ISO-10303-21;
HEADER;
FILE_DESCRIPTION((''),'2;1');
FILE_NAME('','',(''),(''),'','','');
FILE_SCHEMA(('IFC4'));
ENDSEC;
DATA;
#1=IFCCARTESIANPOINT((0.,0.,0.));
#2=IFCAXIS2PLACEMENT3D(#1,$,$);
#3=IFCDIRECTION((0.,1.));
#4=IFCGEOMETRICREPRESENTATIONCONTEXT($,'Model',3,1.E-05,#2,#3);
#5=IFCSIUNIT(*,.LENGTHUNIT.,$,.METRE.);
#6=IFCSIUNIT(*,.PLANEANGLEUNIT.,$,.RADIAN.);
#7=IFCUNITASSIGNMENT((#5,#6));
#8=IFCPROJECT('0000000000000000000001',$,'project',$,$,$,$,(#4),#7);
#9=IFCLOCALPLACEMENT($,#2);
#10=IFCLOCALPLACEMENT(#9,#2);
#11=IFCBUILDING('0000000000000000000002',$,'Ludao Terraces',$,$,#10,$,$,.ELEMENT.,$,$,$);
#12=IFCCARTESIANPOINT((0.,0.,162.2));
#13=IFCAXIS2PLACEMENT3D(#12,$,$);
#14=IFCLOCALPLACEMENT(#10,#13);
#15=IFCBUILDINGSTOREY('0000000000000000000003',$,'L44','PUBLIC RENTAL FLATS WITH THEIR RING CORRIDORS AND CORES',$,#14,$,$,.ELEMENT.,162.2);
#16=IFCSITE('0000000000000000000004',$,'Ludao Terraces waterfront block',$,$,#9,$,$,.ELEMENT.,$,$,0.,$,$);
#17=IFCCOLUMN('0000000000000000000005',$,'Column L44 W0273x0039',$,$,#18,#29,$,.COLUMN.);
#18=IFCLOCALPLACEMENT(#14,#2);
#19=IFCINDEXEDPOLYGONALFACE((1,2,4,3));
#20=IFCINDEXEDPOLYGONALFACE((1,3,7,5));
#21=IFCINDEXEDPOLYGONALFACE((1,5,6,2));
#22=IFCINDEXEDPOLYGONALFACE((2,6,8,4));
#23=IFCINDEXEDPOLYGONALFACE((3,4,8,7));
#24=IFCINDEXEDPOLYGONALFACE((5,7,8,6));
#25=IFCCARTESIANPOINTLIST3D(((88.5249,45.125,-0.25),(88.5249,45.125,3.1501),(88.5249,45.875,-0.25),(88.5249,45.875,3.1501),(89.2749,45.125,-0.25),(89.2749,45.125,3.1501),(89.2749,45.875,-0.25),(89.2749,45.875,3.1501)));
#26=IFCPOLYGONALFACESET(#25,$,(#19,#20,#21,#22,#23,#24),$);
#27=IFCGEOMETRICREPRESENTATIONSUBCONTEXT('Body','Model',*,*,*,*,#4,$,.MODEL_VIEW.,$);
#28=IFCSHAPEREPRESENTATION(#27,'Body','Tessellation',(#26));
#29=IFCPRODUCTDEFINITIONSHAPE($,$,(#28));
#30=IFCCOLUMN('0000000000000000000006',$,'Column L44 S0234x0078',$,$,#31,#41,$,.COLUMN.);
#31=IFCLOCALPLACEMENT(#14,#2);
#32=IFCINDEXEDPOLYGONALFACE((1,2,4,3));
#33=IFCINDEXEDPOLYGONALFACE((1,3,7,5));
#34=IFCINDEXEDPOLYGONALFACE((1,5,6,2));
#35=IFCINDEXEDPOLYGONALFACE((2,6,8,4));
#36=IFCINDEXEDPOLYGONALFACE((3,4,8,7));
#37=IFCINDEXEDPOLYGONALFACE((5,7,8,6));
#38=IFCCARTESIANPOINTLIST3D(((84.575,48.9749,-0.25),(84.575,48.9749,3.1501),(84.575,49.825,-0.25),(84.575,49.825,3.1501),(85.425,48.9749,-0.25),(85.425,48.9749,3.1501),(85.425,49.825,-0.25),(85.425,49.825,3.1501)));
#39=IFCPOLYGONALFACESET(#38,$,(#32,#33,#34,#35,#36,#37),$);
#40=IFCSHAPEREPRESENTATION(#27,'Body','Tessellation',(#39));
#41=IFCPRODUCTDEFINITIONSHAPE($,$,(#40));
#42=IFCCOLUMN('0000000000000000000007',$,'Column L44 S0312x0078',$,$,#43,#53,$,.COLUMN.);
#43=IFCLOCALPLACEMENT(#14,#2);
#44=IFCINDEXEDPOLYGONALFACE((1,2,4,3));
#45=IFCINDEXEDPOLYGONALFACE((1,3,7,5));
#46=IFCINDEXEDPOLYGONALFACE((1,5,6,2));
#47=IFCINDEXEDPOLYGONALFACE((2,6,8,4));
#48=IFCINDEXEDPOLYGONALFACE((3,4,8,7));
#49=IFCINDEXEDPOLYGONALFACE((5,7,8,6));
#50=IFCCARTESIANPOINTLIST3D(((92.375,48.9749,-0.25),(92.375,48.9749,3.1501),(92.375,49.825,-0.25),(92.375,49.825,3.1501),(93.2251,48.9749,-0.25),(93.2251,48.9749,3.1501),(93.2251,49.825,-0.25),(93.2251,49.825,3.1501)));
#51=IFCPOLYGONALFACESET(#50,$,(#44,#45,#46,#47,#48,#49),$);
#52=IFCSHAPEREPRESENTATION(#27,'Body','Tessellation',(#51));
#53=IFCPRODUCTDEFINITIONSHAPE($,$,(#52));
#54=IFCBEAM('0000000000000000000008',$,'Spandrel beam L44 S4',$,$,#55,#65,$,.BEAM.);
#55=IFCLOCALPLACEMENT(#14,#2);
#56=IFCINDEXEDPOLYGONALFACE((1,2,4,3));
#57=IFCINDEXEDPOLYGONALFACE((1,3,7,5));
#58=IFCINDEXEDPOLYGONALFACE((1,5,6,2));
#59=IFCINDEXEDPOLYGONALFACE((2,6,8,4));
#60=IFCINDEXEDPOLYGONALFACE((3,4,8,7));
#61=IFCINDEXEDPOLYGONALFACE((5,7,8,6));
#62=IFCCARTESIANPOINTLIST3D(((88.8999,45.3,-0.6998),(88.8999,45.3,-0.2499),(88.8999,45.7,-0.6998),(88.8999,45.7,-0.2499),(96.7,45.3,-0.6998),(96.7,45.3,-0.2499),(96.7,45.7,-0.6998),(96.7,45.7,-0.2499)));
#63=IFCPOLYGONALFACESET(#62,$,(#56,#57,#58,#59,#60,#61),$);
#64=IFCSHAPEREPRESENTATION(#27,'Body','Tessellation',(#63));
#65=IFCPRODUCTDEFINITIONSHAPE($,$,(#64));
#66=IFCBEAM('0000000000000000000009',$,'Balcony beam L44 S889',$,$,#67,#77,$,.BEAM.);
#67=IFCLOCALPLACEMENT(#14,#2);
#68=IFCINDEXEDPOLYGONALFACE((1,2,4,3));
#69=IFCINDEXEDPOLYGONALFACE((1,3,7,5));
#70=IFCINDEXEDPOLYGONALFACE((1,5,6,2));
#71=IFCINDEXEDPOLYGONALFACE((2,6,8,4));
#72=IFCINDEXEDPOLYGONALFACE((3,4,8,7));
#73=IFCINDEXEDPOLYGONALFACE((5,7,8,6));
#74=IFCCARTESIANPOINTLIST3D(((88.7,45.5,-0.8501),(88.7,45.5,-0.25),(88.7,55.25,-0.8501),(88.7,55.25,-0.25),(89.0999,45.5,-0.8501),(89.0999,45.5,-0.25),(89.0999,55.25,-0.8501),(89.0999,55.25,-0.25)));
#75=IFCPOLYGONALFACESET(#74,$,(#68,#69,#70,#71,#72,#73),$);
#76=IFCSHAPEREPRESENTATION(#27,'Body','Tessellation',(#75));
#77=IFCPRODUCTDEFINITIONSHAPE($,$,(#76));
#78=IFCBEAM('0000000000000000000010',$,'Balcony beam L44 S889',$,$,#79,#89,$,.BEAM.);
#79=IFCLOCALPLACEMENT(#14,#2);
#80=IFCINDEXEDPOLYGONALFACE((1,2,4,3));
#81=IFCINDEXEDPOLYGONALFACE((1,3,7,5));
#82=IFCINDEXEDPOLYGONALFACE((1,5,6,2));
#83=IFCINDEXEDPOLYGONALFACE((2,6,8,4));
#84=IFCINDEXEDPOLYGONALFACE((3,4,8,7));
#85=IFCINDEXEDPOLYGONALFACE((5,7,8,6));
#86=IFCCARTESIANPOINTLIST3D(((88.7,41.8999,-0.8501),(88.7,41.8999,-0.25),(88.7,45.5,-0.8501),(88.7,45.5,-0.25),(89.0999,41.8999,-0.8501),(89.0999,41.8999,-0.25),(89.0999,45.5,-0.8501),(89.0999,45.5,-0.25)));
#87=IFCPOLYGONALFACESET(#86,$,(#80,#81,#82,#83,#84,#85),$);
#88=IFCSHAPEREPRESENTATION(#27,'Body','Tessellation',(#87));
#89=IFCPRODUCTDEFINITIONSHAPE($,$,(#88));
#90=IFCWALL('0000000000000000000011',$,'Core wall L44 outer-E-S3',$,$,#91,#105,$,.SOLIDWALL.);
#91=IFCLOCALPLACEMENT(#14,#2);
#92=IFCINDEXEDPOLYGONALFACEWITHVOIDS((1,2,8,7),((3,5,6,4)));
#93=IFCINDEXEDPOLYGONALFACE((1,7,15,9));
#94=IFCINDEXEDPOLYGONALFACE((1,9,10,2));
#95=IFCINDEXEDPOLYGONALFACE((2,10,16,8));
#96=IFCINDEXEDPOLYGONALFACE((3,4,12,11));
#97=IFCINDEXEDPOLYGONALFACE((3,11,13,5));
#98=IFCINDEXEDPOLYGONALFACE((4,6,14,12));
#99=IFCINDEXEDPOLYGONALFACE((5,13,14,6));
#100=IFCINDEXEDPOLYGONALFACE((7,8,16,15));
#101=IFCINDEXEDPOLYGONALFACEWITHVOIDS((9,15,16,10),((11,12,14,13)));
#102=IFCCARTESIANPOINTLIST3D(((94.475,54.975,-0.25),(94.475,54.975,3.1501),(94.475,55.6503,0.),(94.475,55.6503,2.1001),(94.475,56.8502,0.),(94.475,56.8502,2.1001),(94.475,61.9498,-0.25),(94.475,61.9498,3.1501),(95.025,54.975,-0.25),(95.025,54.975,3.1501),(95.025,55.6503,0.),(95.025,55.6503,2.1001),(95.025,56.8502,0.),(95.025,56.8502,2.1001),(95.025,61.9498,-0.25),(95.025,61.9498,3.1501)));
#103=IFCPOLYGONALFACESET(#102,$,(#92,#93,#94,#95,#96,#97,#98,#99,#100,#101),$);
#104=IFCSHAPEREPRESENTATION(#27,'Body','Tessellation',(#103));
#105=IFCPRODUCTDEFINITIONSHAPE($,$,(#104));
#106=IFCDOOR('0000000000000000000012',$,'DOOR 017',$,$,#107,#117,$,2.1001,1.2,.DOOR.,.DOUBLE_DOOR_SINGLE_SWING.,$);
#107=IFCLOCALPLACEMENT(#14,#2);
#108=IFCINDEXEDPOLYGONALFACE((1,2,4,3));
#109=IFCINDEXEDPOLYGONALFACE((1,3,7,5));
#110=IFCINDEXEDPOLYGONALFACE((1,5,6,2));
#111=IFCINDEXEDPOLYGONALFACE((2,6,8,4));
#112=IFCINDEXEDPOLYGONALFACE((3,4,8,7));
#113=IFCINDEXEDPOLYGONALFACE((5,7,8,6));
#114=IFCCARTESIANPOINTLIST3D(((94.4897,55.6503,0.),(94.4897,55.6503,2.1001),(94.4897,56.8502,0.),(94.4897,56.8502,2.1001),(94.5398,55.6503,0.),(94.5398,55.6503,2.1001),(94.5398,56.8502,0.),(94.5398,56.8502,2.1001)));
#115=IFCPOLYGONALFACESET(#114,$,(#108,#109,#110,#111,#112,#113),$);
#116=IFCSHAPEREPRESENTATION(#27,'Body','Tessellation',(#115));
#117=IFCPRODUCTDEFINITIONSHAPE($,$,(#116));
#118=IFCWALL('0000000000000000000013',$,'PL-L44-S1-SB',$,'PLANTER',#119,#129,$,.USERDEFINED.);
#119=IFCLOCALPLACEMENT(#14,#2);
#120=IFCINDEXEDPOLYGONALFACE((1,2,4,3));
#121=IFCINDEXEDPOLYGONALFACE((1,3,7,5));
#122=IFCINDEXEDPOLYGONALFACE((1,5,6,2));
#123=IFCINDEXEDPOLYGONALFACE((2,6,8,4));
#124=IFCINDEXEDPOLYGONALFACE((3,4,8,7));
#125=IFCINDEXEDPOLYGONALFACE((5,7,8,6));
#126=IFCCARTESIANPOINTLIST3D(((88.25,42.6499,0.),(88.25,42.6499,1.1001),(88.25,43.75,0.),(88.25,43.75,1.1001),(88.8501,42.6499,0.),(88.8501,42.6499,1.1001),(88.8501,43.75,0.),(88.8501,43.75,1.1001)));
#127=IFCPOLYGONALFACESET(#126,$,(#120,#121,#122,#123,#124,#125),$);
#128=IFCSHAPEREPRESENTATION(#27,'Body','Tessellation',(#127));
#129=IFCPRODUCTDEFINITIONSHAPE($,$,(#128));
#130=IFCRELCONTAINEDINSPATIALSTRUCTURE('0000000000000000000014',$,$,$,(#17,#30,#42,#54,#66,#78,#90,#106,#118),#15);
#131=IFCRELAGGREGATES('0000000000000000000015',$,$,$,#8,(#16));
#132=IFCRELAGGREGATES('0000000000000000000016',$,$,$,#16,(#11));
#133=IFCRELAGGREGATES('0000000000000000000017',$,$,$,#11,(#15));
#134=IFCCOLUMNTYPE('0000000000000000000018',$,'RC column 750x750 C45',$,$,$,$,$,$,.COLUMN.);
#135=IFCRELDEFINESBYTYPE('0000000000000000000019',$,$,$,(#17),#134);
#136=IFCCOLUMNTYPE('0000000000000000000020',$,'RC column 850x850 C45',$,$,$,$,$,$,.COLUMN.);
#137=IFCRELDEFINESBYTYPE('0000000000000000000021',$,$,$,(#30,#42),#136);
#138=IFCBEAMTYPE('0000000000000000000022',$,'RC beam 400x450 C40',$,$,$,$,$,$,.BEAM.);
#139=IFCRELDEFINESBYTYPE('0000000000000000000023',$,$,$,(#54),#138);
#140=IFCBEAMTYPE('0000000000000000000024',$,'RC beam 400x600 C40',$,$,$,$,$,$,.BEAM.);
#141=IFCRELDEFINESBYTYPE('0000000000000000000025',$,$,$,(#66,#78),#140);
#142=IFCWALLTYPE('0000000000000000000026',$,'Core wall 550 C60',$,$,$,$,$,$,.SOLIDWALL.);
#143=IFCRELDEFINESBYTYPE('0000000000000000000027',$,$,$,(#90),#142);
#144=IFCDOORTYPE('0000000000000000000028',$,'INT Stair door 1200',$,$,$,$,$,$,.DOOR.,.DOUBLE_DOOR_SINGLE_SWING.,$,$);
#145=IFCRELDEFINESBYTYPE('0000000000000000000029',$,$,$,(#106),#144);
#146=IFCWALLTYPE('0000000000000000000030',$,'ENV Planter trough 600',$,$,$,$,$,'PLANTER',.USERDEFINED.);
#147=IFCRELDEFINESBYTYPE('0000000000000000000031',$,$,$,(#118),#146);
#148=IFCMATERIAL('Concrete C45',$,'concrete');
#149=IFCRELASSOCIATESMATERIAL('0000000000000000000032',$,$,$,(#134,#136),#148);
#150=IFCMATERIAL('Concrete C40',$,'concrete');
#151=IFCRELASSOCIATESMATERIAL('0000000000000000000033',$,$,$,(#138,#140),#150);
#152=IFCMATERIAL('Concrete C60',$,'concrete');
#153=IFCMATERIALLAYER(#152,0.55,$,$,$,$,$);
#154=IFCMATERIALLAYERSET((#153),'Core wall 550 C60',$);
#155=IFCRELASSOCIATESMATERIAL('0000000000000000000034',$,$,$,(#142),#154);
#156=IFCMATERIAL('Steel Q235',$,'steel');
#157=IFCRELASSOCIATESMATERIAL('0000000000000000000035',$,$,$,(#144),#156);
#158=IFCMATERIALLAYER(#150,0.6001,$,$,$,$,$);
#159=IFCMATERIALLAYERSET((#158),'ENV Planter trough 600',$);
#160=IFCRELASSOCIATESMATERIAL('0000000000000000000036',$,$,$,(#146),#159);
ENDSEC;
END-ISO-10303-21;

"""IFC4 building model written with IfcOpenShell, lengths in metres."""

from ifc_helpers import new_model, si_unit, direction, frame, frame_2d, origin, origin_2d, place, context, subcontext, project, spatial, rectangle, extrude, material, layer, layer_set, material_profile, profile_set, type_object, element, fill, save


model = new_model("IFC4")

# Units and contexts
model_context = context("Model", 3, precision=1e-05, world=origin(), true_north=direction((0.0, 1.0)))
body_context = subcontext(model_context, "Body", "Model", "MODEL_VIEW")
ifc_project = project(units=[si_unit("LENGTHUNIT", "METRE"), si_unit("PLANEANGLEUNIT", "RADIAN")], contexts=[model_context])

# Site, building, storey
site_placement = place(None, origin())
site = spatial("IfcSite", under=ifc_project, at=site_placement, Name="Ludao Terraces waterfront block", CompositionType="ELEMENT", RefElevation=0.0)
building_placement = place(site_placement, origin())
building = spatial("IfcBuilding", under=site, at=building_placement, Name="Ludao Terraces", CompositionType="ELEMENT")
storey_placement = place(building_placement, frame((0.0, 0.0, 162.2)))
storey = spatial("IfcBuildingStorey", under=building, at=storey_placement, Name="L44", Description="PUBLIC RENTAL FLATS WITH THEIR RING CORRIDORS AND CORES", CompositionType="ELEMENT", Elevation=162.2)

# Columns
ifc_material_1 = material(Name="Concrete C45", Category="concrete")
ifc_material_profile_1 = material_profile(ifc_material_1, rectangle(XDim=0.75, YDim=0.75, at=origin_2d()), Name="750 X 750")
ifc_profile_set_1 = profile_set([ifc_material_profile_1], Name="Concrete C45")
column_type_1 = type_object("IfcColumnType", Name="RC column 750x750 C45", PredefinedType="COLUMN", material=ifc_profile_set_1)
column_placement = place(storey_placement, frame((88.8999, 45.5, -0.25), z_axis=(0.0, 0.0, 1.0), x_axis=(1.0, 0.0, 0.0)))
element("IfcColumn", 1, at=column_placement, inside=storey, type_object=column_type_1, Name="Column L44 W0273x0039", PredefinedType="COLUMN", context=body_context, shape_type="SweptSolid", body=[
    extrude(rectangle(XDim=0.75, YDim=0.75, at=origin_2d()), origin(), (0.0, 0.0, 1.0), 3.4001),
])
ifc_material_profile_2 = material_profile(ifc_material_1, rectangle(XDim=0.8501, YDim=0.8501, at=origin_2d()), Name="850 X 850")
ifc_profile_set_2 = profile_set([ifc_material_profile_2], Name="Concrete C45")
column_type_2 = type_object("IfcColumnType", Name="RC column 850x850 C45", PredefinedType="COLUMN", material=ifc_profile_set_2)
for number, where, z_axis, x_axis, name in (
    (2, (85.0, 49.3999, -0.25), (0.0, 0.0, 1.0), (1.0, 0.0, 0.0), "Column L44 S0234x0078"),
    (3, (92.8, 49.3999, -0.25), (0.0, 0.0, 1.0), (1.0, 0.0, 0.0), "Column L44 S0312x0078"),
):
    element("IfcColumn", number, at=place(storey_placement, frame(where, z_axis=z_axis, x_axis=x_axis)), inside=storey, type_object=column_type_2, Name=name, PredefinedType="COLUMN", context=body_context, shape_type="SweptSolid", body=[
        extrude(rectangle(XDim=0.8501, YDim=0.8501, at=origin_2d()), origin(), (0.0, 0.0, 1.0), 3.4001),
    ])

# Beams
ifc_material_2 = material(Name="Concrete C40", Category="concrete")
ifc_material_profile_3 = material_profile(ifc_material_2, rectangle(XDim=0.3999, YDim=0.45, at=origin_2d()), Name="400 X 450")
ifc_profile_set_3 = profile_set([ifc_material_profile_3], Name="Concrete C40")
beam_type_1 = type_object("IfcBeamType", Name="RC beam 400x450 C40", PredefinedType="BEAM", material=ifc_profile_set_3)
beam_1_placement = place(storey_placement, frame((88.8999, 45.5, -0.4749), z_axis=(1.0, 0.0, 0.0), x_axis=(0.0, 1.0, 0.0)))
element("IfcBeam", 4, at=beam_1_placement, inside=storey, type_object=beam_type_1, Name="Spandrel beam L44 S4", PredefinedType="BEAM", context=body_context, shape_type="SweptSolid", body=[
    extrude(rectangle(XDim=0.3999, YDim=0.45, at=origin_2d()), origin(), (0.0, 0.0, 1.0), 7.8),
])
ifc_material_profile_4 = material_profile(ifc_material_2, rectangle(XDim=0.3999, YDim=0.6001, at=origin_2d()), Name="400 X 600")
ifc_profile_set_4 = profile_set([ifc_material_profile_4], Name="Concrete C40")
beam_type_2 = type_object("IfcBeamType", Name="RC beam 400x600 C40", PredefinedType="BEAM", material=ifc_profile_set_4)
beam_2_placement = place(storey_placement, frame((88.8999, 55.25, -0.55), z_axis=(0.0, -1.0, 0.0), x_axis=(1.0, 0.0, 0.0)))
element("IfcBeam", 5, at=beam_2_placement, inside=storey, type_object=beam_type_2, Name="Balcony beam L44 S889", PredefinedType="BEAM", context=body_context, shape_type="SweptSolid", body=[
    extrude(rectangle(XDim=0.3999, YDim=0.6001, at=origin_2d()), origin(), (0.0, 0.0, 1.0), 9.75),
])
beam_3_placement = place(storey_placement, frame((88.8999, 45.5, -0.55), z_axis=(0.0, -1.0, 0.0), x_axis=(1.0, 0.0, 0.0)))
element("IfcBeam", 6, at=beam_3_placement, inside=storey, type_object=beam_type_2, Name="Balcony beam L44 S889", PredefinedType="BEAM", context=body_context, shape_type="SweptSolid", body=[
    extrude(rectangle(XDim=0.3999, YDim=0.6001, at=origin_2d()), origin(), (0.0, 0.0, 1.0), 3.6001),
])

# Wall, opening, door
ifc_material_3 = material(Name="Concrete C60", Category="concrete")
ifc_layer_1 = layer(ifc_material_3, 0.55)
ifc_layer_set_1 = layer_set([ifc_layer_1], Name="Core wall 550 C60")
wall_type_1 = type_object("IfcWallType", Name="Core wall 550 C60", PredefinedType="SOLIDWALL", material=ifc_layer_set_1)
wall_1_placement = place(storey_placement, frame((94.75, 54.9751, -0.25), z_axis=(0.0, 0.0, 1.0), x_axis=(0.0, 1.0, 0.0)))
wall_1 = element("IfcWall", 7, at=wall_1_placement, inside=storey, type_object=wall_type_1, Name="Core wall L44 outer-E-S3", PredefinedType="SOLIDWALL", context=body_context, shape_type="SweptSolid", body=[
    extrude(rectangle(XDim=6.9749, YDim=0.55, at=frame_2d((3.4873, 0.0))), origin(), (0.0, 0.0, 1.0), 3.4001),
])
opening_1_placement = place(wall_1_placement, frame((0.675, 0.0, 0.25)))
opening_1 = element("IfcOpeningElement", 8, at=opening_1_placement, cuts=wall_1, PredefinedType="OPENING", context=body_context, shape_type="SweptSolid", body=[
    extrude(rectangle(XDim=1.2, YDim=2.1001, at=frame_2d((0.6001, 1.05))), frame((0.0, 0.2852, 0.0), z_axis=(0.0, -1.0, 0.0), x_axis=(1.0, 0.0, 0.0)), (0.0, 0.0, 1.0), 0.5701),
])
ifc_material_4 = material(Name="Steel Q235", Category="steel")
door_type_1 = type_object("IfcDoorType", Name="INT Stair door 1200", OperationType="DOUBLE_DOOR_SINGLE_SWING", PredefinedType="DOOR", material=ifc_material_4)
door_1_placement = place(opening_1_placement, origin())
door_1 = element("IfcDoor", 9, at=door_1_placement, inside=storey, type_object=door_type_1, Name="DOOR 017", OperationType="DOUBLE_DOOR_SINGLE_SWING", OverallHeight=2.1001, OverallWidth=1.2, PredefinedType="DOOR", context=body_context, shape_type="SweptSolid", body=[
    extrude(rectangle(XDim=1.2, YDim=2.1001, at=frame_2d((0.6001, 1.05))), frame((0.0, 0.2603, 0.0), z_axis=(0.0, -1.0, 0.0), x_axis=(1.0, 0.0, 0.0)), (0.0, 0.0, 1.0), 0.05),
])
fill(opening_1, door_1)

# Wall
ifc_layer_2 = layer(ifc_material_2, 0.6001)
ifc_layer_set_2 = layer_set([ifc_layer_2], Name="ENV Planter trough 600")
wall_type_2 = type_object("IfcWallType", Name="ENV Planter trough 600", ElementType="PLANTER", PredefinedType="USERDEFINED", material=ifc_layer_set_2)
wall_2_placement = place(storey_placement, frame((88.55, 42.6499, 0.0), z_axis=(0.0, 0.0, 1.0), x_axis=(0.0, 1.0, 0.0)))
element("IfcWall", 10, at=wall_2_placement, inside=storey, type_object=wall_type_2, Name="PL-L44-S1-SB", ObjectType="PLANTER", PredefinedType="USERDEFINED", context=body_context, shape_type="SweptSolid", body=[
    extrude(rectangle(XDim=1.1001, YDim=0.6001, at=frame_2d((0.55, 0.0))), origin(), (0.0, 0.0, 1.0), 1.1001),
])

save(model, "model.ifc")
